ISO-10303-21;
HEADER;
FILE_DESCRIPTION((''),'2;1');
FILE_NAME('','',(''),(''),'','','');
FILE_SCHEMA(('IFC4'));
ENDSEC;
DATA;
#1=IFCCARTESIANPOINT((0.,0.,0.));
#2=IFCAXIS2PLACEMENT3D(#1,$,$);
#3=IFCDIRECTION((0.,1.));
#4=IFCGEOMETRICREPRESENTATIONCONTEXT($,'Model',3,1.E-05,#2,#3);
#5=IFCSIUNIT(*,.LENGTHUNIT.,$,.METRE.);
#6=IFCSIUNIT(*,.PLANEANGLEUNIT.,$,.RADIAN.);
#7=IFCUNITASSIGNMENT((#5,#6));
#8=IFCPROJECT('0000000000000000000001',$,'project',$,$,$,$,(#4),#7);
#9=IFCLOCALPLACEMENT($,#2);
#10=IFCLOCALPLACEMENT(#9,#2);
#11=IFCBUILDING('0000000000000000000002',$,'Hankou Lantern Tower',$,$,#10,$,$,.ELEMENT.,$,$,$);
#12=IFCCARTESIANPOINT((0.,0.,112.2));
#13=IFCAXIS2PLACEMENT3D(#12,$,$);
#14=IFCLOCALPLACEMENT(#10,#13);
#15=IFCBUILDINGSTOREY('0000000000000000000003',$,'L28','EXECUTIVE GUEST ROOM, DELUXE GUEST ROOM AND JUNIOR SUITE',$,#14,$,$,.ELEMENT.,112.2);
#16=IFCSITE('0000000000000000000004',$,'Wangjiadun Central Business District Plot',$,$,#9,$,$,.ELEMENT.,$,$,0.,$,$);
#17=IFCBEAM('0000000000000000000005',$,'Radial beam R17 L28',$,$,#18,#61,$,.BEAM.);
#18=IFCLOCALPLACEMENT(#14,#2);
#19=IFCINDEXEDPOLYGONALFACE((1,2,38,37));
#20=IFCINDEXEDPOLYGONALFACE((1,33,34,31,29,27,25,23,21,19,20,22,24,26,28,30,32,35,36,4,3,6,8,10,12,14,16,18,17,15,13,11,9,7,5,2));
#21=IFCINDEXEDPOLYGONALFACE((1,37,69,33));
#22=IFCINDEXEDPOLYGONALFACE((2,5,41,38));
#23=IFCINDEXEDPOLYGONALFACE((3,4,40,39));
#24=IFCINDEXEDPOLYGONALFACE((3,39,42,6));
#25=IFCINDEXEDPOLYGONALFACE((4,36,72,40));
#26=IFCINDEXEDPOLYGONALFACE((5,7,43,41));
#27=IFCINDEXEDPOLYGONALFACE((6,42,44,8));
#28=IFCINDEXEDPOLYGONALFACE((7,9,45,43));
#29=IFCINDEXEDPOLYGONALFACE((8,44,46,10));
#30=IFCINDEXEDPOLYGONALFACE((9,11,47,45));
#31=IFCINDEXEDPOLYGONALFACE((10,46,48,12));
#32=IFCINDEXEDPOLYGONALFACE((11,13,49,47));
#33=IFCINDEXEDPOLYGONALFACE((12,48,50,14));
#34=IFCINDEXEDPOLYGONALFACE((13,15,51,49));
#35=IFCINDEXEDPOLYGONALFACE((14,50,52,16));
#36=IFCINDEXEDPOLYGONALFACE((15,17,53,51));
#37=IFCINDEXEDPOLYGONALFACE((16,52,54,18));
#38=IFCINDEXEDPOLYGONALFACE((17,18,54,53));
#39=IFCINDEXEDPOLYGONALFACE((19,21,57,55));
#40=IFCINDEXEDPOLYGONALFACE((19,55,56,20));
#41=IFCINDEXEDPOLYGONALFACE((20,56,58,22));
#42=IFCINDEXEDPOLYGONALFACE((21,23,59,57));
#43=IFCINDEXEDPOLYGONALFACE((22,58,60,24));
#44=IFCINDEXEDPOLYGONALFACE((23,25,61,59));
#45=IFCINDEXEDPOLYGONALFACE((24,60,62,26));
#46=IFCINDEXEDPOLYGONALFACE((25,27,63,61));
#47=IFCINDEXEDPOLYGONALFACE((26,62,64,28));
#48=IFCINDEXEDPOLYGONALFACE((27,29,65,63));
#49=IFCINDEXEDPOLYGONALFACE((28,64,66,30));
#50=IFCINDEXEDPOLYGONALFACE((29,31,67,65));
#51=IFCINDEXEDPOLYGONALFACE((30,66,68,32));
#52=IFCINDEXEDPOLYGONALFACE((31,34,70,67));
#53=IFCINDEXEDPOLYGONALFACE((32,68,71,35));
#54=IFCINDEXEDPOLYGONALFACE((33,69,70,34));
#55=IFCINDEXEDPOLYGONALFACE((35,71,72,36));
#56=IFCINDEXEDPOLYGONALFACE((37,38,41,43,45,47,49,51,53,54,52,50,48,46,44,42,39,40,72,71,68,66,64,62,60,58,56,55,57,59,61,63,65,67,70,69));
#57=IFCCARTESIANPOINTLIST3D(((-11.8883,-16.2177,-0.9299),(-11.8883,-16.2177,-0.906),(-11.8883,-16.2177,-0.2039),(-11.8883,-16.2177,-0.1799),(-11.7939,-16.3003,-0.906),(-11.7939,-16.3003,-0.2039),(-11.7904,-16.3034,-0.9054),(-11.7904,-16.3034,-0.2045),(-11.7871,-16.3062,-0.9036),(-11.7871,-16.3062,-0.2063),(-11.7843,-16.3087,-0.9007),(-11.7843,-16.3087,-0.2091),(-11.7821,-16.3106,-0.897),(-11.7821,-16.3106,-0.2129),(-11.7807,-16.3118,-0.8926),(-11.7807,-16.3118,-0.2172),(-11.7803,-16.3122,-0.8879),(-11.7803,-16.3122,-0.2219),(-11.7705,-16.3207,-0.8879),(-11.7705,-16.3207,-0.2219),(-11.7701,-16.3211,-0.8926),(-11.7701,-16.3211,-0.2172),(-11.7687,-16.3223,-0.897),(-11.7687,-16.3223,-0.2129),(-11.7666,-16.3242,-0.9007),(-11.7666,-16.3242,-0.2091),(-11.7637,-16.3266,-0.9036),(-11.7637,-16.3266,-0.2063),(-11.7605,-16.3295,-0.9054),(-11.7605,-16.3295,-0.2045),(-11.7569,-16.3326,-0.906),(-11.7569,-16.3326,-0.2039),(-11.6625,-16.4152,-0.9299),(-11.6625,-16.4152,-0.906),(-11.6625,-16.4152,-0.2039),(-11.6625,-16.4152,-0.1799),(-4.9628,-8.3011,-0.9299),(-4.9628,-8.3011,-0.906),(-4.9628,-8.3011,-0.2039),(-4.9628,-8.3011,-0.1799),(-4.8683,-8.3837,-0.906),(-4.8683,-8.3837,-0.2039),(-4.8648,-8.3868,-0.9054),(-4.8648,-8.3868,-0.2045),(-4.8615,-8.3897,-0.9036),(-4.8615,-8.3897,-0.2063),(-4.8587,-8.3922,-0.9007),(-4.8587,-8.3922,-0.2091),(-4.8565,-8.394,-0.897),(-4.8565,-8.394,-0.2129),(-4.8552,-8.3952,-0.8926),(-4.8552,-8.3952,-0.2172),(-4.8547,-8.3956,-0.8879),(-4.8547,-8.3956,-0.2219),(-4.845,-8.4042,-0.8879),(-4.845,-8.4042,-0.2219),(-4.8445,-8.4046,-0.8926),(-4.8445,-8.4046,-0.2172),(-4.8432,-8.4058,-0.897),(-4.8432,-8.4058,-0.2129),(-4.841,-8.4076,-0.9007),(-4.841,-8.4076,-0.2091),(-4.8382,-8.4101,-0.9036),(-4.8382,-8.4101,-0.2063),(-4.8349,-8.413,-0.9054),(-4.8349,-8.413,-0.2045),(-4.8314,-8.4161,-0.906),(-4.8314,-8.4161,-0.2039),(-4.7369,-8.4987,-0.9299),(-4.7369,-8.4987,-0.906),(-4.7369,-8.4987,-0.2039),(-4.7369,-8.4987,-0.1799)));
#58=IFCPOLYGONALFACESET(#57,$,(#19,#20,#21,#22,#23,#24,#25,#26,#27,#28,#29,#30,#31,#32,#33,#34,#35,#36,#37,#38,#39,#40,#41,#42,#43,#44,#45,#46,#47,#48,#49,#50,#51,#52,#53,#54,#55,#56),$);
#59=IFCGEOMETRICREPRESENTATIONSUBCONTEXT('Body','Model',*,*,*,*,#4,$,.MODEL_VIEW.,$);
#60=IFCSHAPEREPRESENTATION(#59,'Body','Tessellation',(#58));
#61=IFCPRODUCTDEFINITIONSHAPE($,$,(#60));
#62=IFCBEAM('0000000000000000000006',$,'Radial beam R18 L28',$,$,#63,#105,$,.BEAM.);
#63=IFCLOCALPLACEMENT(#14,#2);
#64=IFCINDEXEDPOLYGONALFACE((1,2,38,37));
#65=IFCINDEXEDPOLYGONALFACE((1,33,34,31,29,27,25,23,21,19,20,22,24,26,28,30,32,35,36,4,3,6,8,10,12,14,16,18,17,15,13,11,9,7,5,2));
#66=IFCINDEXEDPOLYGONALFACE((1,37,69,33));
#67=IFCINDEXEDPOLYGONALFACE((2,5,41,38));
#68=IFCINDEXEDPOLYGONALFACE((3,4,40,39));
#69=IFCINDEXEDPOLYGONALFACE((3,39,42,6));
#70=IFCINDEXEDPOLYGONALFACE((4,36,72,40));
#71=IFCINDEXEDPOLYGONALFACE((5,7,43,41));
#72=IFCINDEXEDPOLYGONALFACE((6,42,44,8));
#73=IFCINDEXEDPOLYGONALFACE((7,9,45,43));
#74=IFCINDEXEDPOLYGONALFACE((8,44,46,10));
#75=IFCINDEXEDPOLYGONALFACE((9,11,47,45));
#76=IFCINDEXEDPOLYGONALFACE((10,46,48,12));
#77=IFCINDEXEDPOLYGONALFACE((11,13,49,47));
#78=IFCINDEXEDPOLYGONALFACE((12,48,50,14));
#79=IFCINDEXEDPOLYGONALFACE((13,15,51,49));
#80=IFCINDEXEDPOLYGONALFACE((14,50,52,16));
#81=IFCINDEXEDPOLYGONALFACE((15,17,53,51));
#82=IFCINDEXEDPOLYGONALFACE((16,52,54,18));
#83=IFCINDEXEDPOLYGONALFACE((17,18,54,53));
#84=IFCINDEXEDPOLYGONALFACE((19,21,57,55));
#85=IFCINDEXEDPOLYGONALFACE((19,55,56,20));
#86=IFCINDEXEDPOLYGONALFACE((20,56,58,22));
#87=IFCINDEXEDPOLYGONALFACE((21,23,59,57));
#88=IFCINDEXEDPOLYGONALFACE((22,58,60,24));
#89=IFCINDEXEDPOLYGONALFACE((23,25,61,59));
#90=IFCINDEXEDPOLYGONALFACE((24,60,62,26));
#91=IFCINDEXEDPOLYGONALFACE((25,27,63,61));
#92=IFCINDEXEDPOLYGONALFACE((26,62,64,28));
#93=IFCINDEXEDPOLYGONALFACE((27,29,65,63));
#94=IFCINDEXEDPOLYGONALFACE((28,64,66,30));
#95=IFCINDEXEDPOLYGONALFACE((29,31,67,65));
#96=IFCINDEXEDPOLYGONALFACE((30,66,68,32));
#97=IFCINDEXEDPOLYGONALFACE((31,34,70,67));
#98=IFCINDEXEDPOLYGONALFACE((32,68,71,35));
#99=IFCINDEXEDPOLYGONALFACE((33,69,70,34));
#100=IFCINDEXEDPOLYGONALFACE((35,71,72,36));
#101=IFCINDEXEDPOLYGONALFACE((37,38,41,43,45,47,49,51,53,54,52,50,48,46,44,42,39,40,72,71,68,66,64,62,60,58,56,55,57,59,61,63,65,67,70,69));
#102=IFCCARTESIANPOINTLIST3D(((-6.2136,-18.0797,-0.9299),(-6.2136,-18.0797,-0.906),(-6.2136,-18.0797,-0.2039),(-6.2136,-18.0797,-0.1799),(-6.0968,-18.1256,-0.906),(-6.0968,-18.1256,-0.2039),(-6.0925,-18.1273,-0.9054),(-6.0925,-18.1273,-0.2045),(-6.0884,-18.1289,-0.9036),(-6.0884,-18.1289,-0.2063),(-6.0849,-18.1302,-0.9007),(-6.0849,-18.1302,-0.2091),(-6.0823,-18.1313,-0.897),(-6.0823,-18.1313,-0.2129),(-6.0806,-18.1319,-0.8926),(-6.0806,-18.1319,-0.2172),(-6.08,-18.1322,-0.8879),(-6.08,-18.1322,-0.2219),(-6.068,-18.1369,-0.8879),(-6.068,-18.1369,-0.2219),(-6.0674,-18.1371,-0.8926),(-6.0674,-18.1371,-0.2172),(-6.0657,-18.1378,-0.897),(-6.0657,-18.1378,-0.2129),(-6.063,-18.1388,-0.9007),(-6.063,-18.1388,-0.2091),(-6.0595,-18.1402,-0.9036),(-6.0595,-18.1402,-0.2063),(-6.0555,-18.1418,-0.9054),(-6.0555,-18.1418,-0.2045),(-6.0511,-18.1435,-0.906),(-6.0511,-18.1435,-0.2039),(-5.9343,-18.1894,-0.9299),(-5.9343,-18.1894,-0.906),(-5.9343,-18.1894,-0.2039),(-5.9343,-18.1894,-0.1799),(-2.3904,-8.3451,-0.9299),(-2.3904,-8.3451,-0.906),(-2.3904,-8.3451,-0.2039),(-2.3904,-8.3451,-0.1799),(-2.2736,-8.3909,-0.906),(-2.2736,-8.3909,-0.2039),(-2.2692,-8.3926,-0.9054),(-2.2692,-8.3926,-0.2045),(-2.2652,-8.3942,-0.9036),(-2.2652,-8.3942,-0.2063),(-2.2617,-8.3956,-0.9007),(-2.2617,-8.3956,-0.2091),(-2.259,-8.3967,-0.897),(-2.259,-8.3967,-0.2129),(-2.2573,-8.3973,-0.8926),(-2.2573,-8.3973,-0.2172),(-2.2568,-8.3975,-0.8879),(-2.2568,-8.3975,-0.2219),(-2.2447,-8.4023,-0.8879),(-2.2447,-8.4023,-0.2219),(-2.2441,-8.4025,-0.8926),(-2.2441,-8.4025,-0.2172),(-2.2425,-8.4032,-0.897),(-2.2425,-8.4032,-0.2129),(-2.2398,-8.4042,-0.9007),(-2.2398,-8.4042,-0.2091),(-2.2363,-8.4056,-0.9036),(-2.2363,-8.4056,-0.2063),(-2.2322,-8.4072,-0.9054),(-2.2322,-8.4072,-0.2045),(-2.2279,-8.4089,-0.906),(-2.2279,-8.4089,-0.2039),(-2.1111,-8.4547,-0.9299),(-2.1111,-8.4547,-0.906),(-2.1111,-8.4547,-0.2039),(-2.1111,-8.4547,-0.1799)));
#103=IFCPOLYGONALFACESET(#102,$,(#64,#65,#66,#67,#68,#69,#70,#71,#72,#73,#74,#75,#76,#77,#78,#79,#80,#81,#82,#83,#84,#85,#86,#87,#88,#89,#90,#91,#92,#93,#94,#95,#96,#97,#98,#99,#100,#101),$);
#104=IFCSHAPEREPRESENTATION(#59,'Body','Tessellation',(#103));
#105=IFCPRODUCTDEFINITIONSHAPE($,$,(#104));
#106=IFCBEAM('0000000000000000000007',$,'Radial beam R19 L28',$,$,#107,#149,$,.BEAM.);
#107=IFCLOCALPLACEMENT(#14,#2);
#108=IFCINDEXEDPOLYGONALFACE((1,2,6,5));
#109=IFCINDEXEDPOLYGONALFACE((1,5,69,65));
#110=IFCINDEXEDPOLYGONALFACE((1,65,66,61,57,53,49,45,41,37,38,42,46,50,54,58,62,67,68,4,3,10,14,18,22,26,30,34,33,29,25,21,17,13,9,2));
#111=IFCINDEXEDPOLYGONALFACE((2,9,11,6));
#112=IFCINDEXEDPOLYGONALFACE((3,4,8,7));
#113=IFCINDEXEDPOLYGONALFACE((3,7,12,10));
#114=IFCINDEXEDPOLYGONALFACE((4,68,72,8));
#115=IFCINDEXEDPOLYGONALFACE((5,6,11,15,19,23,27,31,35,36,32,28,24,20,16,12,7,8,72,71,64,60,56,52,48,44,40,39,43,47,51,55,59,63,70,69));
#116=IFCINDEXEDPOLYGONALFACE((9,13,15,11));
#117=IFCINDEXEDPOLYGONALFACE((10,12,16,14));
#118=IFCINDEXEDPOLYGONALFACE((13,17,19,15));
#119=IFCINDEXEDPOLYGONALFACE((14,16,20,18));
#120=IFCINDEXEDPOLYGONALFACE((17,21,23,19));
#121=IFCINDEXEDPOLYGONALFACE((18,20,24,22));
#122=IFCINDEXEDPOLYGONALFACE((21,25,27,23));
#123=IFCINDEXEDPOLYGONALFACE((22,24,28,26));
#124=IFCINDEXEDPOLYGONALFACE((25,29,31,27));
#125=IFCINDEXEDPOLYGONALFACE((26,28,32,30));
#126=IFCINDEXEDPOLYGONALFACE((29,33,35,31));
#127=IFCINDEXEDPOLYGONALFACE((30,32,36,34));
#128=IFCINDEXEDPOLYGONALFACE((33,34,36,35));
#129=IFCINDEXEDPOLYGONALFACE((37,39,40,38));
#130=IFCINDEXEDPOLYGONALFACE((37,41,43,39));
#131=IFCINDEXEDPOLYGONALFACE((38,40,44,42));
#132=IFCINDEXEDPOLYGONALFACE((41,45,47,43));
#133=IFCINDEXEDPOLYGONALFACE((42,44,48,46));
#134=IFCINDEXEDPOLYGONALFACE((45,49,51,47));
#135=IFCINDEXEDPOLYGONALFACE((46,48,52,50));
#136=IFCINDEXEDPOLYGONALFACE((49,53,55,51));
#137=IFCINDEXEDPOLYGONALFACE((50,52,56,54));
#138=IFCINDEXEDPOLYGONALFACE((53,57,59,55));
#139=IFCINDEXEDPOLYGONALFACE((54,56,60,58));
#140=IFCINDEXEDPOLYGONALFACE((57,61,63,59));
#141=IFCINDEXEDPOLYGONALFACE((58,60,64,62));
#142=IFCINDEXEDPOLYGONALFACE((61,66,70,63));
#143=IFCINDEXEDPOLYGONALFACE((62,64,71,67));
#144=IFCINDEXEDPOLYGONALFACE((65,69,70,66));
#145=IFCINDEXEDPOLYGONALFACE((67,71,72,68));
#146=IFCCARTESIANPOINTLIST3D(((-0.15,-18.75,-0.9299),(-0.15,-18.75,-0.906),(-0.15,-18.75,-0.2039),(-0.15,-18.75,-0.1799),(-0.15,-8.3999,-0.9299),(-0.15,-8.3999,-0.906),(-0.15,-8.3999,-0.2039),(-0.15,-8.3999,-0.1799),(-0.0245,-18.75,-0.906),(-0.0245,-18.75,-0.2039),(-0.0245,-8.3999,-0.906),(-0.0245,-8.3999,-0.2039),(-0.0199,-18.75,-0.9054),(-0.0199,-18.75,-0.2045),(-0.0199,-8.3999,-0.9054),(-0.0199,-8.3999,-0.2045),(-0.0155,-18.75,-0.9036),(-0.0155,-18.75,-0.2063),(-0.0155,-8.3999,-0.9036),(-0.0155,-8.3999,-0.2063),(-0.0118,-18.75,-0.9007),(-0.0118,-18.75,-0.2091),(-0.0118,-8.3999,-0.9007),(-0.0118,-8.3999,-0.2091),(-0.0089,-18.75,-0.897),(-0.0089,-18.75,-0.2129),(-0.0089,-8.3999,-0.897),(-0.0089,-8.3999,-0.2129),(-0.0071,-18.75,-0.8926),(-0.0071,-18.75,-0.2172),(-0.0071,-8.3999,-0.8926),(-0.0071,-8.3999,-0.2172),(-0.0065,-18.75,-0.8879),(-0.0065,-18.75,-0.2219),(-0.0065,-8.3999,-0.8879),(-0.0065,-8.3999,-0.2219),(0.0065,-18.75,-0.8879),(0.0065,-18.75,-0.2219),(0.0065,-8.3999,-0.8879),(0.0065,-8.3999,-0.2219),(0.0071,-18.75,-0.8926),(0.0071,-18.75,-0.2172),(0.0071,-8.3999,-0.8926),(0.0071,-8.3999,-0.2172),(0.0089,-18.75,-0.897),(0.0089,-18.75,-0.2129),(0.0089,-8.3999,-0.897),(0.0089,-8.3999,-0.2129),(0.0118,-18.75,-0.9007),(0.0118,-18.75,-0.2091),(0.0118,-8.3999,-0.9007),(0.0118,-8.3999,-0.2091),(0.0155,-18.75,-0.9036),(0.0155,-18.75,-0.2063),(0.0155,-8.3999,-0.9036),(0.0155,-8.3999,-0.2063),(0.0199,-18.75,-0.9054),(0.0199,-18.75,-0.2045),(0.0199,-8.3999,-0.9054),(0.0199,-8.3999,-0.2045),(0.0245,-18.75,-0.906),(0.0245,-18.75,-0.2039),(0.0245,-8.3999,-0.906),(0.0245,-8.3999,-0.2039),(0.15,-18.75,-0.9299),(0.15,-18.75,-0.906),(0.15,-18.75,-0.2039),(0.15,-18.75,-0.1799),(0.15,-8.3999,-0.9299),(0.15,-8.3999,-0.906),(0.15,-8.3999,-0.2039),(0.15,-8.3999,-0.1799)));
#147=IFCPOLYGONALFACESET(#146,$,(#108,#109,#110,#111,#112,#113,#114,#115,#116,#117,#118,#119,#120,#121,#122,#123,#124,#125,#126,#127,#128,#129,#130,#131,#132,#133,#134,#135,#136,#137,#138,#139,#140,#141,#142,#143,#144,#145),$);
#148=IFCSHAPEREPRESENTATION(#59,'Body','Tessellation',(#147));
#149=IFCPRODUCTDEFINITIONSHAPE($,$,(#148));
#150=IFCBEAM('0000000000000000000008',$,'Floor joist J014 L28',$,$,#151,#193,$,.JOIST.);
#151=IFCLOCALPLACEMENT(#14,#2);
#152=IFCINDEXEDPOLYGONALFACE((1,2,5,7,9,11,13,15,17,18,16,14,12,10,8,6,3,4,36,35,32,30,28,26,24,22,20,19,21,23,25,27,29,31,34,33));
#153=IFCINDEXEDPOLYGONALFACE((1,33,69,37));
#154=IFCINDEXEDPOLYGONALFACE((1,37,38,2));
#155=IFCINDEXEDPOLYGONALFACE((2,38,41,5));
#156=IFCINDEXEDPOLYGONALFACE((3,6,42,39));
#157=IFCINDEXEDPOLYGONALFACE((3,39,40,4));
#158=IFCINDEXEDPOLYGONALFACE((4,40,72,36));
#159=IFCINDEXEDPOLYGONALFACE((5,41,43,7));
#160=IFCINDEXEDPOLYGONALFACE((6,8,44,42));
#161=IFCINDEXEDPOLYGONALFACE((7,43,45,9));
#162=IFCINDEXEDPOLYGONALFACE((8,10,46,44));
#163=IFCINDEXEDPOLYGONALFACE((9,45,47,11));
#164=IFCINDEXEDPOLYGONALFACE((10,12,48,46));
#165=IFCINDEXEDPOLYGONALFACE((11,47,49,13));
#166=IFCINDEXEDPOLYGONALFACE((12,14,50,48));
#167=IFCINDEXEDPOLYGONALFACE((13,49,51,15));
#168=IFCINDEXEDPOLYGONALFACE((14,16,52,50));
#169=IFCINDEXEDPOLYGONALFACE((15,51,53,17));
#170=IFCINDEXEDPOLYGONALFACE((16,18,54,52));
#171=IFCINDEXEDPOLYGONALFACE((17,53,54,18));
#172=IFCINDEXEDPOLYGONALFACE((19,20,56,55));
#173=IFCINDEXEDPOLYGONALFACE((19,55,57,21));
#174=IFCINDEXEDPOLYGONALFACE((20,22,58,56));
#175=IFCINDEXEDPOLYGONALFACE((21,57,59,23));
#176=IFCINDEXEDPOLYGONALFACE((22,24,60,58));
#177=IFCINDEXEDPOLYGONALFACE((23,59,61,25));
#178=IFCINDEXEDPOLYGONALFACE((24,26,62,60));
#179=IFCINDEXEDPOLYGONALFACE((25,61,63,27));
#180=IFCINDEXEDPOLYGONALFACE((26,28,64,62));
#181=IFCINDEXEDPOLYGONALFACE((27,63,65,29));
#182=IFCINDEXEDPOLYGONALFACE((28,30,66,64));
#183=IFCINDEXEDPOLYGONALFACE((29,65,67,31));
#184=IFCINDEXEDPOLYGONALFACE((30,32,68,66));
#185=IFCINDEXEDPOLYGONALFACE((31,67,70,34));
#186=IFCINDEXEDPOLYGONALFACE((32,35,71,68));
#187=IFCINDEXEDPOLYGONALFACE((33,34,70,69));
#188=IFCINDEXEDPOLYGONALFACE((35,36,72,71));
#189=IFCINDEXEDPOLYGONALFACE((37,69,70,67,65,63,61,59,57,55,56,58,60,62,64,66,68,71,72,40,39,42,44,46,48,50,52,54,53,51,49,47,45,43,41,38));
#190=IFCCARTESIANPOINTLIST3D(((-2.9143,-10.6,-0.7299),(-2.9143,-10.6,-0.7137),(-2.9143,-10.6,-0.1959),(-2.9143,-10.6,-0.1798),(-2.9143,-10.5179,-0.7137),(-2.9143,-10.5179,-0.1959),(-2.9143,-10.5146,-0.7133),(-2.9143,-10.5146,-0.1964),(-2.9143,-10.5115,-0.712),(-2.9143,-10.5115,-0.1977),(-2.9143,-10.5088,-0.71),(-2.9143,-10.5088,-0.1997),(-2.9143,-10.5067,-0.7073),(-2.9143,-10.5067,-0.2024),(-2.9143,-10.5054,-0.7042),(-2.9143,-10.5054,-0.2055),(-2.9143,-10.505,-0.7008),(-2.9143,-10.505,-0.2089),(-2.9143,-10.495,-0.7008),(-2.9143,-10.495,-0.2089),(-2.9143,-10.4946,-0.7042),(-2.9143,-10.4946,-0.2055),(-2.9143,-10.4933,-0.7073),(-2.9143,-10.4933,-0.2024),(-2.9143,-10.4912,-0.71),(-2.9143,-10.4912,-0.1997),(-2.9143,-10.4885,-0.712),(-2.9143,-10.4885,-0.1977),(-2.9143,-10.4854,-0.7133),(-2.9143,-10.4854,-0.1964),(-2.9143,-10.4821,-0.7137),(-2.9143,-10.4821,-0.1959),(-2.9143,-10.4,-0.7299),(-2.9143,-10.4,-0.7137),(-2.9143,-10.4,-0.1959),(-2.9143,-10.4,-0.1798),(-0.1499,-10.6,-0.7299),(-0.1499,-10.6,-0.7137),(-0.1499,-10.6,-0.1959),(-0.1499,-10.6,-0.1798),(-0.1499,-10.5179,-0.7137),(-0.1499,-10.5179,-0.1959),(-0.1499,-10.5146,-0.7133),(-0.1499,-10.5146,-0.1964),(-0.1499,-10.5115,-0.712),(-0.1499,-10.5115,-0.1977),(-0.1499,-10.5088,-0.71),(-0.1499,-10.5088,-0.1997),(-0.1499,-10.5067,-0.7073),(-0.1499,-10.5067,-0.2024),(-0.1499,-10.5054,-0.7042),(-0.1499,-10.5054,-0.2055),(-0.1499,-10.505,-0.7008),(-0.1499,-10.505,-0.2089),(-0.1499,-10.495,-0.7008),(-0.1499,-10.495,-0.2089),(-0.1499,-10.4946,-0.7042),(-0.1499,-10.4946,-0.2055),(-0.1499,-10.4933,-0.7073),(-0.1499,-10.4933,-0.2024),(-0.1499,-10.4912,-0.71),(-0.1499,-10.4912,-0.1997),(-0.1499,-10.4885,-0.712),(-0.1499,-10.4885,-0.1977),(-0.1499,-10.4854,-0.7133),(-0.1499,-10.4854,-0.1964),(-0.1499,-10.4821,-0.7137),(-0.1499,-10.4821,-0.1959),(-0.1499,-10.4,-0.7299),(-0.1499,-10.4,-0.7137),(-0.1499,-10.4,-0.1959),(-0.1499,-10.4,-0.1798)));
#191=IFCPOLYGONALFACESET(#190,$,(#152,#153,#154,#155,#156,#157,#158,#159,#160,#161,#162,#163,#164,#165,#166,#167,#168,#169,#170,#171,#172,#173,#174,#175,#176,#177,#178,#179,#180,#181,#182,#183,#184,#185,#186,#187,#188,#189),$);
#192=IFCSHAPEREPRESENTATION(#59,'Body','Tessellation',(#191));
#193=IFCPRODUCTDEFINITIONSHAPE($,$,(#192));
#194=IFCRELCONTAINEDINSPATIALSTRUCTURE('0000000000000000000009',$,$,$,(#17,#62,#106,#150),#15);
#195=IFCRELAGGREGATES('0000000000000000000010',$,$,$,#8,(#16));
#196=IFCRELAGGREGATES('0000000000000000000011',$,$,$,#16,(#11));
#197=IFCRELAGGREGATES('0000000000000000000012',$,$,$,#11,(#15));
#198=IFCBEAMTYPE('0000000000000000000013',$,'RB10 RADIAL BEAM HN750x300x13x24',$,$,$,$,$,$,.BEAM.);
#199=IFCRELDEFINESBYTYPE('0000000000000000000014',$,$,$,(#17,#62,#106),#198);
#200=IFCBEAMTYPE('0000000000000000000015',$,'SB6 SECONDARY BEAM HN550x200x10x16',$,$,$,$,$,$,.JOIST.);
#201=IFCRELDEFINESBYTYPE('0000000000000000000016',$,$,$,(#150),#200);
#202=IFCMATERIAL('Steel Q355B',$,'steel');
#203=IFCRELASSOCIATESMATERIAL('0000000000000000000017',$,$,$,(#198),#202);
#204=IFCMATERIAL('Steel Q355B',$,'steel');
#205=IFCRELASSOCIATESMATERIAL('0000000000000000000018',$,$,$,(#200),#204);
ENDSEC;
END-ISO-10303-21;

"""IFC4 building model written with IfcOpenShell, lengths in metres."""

from ifc_helpers import new_model, si_unit, direction, frame, origin, origin_2d, place, context, subcontext, project, spatial, i_section, extrude, material, material_profile, profile_set, type_object, element, save


model = new_model("IFC4")

# Units and contexts
model_context = context("Model", 3, precision=1e-05, world=origin(), true_north=direction((0.0, 1.0)))
body_context = subcontext(model_context, "Body", "Model", "MODEL_VIEW")
ifc_project = project(units=[si_unit("LENGTHUNIT", "METRE"), si_unit("PLANEANGLEUNIT", "RADIAN")], contexts=[model_context])

# Site, building, storey
site_placement = place(None, origin())
site = spatial("IfcSite", under=ifc_project, at=site_placement, Name="Wangjiadun Central Business District Plot", CompositionType="ELEMENT", RefElevation=0.0)
building_placement = place(site_placement, origin())
building = spatial("IfcBuilding", under=site, at=building_placement, Name="Hankou Lantern Tower", CompositionType="ELEMENT")
storey_placement = place(building_placement, frame((0.0, 0.0, 112.2)))
storey = spatial("IfcBuildingStorey", under=building, at=storey_placement, Name="L28", Description="EXECUTIVE GUEST ROOM, DELUXE GUEST ROOM AND JUNIOR SUITE", CompositionType="ELEMENT", Elevation=112.2)

# Beams
ifc_material_1 = material(Name="Steel Q355B", Category="steel")
ifc_material_profile_1 = material_profile(ifc_material_1, i_section(OverallWidth=0.3, OverallDepth=0.75, WebThickness=0.0129, FlangeThickness=0.0239, FilletRadius=0.0181, at=origin_2d()), Name="HN750x300x13x24")
ifc_profile_set_1 = profile_set([ifc_material_profile_1], Name="Steel Q355B")
beam_type_1 = type_object("IfcBeamType", Name="RB10 RADIAL BEAM HN750x300x13x24", PredefinedType="BEAM", material=ifc_profile_set_1)
beam_1_placement = place(storey_placement, frame((-4.8499, -8.3999, -0.5549), z_axis=(-0.658429, -0.752643, 0.0), x_axis=(0.752643, -0.658429, 0.0)))
element("IfcBeam", 1, at=beam_1_placement, inside=storey, type_object=beam_type_1, Name="Radial beam R17 L28", PredefinedType="BEAM", context=body_context, shape_type="SweptSolid", body=[
    extrude(i_section(OverallWidth=0.3, OverallDepth=0.75, WebThickness=0.0129, FlangeThickness=0.0239, FilletRadius=0.0181, at=origin_2d()), origin(), (0.0, 0.0, 1.0), 10.5183),
])
beam_2_placement = place(storey_placement, frame((-2.2507, -8.3999, -0.5549), z_axis=(-0.365564, -0.930786, 0.0), x_axis=(0.930786, -0.365564, 0.0)))
element("IfcBeam", 2, at=beam_2_placement, inside=storey, type_object=beam_type_1, Name="Radial beam R18 L28", PredefinedType="BEAM", context=body_context, shape_type="SweptSolid", body=[
    extrude(i_section(OverallWidth=0.3, OverallDepth=0.75, WebThickness=0.0129, FlangeThickness=0.0239, FilletRadius=0.0181, at=origin_2d()), origin(), (0.0, 0.0, 1.0), 10.4585),
])
beam_3_placement = place(storey_placement, frame((0.0, -8.3999, -0.5549), z_axis=(0.0, -1.0, 0.0), x_axis=(1.0, 0.0, 0.0)))
element("IfcBeam", 3, at=beam_3_placement, inside=storey, type_object=beam_type_1, Name="Radial beam R19 L28", PredefinedType="BEAM", context=body_context, shape_type="SweptSolid", body=[
    extrude(i_section(OverallWidth=0.3, OverallDepth=0.75, WebThickness=0.0129, FlangeThickness=0.0239, FilletRadius=0.0181, at=origin_2d()), origin(), (0.0, 0.0, 1.0), 10.3501),
])
ifc_material_2 = material(Name="Steel Q355B", Category="steel")
ifc_material_profile_2 = material_profile(ifc_material_2, i_section(OverallWidth=0.2, OverallDepth=0.55, WebThickness=0.01, FlangeThickness=0.0161, FilletRadius=0.0129, at=origin_2d()), Name="HN550x200x10x16")
ifc_profile_set_2 = profile_set([ifc_material_profile_2], Name="Steel Q355B")
beam_type_2 = type_object("IfcBeamType", Name="SB6 SECONDARY BEAM HN550x200x10x16", PredefinedType="JOIST", material=ifc_profile_set_2)
beam_4_placement = place(storey_placement, frame((-2.9143, -10.5, -0.4548), z_axis=(1.0, 0.0, 0.0), x_axis=(0.0, 1.0, 0.0)))
element("IfcBeam", 4, at=beam_4_placement, inside=storey, type_object=beam_type_2, Name="Floor joist J014 L28", PredefinedType="JOIST", context=body_context, shape_type="SweptSolid", body=[
    extrude(i_section(OverallWidth=0.2, OverallDepth=0.55, WebThickness=0.01, FlangeThickness=0.0161, FilletRadius=0.0129, at=origin_2d()), origin(), (0.0, 0.0, 1.0), 2.7644),
])

save(model, "model.ifc")
